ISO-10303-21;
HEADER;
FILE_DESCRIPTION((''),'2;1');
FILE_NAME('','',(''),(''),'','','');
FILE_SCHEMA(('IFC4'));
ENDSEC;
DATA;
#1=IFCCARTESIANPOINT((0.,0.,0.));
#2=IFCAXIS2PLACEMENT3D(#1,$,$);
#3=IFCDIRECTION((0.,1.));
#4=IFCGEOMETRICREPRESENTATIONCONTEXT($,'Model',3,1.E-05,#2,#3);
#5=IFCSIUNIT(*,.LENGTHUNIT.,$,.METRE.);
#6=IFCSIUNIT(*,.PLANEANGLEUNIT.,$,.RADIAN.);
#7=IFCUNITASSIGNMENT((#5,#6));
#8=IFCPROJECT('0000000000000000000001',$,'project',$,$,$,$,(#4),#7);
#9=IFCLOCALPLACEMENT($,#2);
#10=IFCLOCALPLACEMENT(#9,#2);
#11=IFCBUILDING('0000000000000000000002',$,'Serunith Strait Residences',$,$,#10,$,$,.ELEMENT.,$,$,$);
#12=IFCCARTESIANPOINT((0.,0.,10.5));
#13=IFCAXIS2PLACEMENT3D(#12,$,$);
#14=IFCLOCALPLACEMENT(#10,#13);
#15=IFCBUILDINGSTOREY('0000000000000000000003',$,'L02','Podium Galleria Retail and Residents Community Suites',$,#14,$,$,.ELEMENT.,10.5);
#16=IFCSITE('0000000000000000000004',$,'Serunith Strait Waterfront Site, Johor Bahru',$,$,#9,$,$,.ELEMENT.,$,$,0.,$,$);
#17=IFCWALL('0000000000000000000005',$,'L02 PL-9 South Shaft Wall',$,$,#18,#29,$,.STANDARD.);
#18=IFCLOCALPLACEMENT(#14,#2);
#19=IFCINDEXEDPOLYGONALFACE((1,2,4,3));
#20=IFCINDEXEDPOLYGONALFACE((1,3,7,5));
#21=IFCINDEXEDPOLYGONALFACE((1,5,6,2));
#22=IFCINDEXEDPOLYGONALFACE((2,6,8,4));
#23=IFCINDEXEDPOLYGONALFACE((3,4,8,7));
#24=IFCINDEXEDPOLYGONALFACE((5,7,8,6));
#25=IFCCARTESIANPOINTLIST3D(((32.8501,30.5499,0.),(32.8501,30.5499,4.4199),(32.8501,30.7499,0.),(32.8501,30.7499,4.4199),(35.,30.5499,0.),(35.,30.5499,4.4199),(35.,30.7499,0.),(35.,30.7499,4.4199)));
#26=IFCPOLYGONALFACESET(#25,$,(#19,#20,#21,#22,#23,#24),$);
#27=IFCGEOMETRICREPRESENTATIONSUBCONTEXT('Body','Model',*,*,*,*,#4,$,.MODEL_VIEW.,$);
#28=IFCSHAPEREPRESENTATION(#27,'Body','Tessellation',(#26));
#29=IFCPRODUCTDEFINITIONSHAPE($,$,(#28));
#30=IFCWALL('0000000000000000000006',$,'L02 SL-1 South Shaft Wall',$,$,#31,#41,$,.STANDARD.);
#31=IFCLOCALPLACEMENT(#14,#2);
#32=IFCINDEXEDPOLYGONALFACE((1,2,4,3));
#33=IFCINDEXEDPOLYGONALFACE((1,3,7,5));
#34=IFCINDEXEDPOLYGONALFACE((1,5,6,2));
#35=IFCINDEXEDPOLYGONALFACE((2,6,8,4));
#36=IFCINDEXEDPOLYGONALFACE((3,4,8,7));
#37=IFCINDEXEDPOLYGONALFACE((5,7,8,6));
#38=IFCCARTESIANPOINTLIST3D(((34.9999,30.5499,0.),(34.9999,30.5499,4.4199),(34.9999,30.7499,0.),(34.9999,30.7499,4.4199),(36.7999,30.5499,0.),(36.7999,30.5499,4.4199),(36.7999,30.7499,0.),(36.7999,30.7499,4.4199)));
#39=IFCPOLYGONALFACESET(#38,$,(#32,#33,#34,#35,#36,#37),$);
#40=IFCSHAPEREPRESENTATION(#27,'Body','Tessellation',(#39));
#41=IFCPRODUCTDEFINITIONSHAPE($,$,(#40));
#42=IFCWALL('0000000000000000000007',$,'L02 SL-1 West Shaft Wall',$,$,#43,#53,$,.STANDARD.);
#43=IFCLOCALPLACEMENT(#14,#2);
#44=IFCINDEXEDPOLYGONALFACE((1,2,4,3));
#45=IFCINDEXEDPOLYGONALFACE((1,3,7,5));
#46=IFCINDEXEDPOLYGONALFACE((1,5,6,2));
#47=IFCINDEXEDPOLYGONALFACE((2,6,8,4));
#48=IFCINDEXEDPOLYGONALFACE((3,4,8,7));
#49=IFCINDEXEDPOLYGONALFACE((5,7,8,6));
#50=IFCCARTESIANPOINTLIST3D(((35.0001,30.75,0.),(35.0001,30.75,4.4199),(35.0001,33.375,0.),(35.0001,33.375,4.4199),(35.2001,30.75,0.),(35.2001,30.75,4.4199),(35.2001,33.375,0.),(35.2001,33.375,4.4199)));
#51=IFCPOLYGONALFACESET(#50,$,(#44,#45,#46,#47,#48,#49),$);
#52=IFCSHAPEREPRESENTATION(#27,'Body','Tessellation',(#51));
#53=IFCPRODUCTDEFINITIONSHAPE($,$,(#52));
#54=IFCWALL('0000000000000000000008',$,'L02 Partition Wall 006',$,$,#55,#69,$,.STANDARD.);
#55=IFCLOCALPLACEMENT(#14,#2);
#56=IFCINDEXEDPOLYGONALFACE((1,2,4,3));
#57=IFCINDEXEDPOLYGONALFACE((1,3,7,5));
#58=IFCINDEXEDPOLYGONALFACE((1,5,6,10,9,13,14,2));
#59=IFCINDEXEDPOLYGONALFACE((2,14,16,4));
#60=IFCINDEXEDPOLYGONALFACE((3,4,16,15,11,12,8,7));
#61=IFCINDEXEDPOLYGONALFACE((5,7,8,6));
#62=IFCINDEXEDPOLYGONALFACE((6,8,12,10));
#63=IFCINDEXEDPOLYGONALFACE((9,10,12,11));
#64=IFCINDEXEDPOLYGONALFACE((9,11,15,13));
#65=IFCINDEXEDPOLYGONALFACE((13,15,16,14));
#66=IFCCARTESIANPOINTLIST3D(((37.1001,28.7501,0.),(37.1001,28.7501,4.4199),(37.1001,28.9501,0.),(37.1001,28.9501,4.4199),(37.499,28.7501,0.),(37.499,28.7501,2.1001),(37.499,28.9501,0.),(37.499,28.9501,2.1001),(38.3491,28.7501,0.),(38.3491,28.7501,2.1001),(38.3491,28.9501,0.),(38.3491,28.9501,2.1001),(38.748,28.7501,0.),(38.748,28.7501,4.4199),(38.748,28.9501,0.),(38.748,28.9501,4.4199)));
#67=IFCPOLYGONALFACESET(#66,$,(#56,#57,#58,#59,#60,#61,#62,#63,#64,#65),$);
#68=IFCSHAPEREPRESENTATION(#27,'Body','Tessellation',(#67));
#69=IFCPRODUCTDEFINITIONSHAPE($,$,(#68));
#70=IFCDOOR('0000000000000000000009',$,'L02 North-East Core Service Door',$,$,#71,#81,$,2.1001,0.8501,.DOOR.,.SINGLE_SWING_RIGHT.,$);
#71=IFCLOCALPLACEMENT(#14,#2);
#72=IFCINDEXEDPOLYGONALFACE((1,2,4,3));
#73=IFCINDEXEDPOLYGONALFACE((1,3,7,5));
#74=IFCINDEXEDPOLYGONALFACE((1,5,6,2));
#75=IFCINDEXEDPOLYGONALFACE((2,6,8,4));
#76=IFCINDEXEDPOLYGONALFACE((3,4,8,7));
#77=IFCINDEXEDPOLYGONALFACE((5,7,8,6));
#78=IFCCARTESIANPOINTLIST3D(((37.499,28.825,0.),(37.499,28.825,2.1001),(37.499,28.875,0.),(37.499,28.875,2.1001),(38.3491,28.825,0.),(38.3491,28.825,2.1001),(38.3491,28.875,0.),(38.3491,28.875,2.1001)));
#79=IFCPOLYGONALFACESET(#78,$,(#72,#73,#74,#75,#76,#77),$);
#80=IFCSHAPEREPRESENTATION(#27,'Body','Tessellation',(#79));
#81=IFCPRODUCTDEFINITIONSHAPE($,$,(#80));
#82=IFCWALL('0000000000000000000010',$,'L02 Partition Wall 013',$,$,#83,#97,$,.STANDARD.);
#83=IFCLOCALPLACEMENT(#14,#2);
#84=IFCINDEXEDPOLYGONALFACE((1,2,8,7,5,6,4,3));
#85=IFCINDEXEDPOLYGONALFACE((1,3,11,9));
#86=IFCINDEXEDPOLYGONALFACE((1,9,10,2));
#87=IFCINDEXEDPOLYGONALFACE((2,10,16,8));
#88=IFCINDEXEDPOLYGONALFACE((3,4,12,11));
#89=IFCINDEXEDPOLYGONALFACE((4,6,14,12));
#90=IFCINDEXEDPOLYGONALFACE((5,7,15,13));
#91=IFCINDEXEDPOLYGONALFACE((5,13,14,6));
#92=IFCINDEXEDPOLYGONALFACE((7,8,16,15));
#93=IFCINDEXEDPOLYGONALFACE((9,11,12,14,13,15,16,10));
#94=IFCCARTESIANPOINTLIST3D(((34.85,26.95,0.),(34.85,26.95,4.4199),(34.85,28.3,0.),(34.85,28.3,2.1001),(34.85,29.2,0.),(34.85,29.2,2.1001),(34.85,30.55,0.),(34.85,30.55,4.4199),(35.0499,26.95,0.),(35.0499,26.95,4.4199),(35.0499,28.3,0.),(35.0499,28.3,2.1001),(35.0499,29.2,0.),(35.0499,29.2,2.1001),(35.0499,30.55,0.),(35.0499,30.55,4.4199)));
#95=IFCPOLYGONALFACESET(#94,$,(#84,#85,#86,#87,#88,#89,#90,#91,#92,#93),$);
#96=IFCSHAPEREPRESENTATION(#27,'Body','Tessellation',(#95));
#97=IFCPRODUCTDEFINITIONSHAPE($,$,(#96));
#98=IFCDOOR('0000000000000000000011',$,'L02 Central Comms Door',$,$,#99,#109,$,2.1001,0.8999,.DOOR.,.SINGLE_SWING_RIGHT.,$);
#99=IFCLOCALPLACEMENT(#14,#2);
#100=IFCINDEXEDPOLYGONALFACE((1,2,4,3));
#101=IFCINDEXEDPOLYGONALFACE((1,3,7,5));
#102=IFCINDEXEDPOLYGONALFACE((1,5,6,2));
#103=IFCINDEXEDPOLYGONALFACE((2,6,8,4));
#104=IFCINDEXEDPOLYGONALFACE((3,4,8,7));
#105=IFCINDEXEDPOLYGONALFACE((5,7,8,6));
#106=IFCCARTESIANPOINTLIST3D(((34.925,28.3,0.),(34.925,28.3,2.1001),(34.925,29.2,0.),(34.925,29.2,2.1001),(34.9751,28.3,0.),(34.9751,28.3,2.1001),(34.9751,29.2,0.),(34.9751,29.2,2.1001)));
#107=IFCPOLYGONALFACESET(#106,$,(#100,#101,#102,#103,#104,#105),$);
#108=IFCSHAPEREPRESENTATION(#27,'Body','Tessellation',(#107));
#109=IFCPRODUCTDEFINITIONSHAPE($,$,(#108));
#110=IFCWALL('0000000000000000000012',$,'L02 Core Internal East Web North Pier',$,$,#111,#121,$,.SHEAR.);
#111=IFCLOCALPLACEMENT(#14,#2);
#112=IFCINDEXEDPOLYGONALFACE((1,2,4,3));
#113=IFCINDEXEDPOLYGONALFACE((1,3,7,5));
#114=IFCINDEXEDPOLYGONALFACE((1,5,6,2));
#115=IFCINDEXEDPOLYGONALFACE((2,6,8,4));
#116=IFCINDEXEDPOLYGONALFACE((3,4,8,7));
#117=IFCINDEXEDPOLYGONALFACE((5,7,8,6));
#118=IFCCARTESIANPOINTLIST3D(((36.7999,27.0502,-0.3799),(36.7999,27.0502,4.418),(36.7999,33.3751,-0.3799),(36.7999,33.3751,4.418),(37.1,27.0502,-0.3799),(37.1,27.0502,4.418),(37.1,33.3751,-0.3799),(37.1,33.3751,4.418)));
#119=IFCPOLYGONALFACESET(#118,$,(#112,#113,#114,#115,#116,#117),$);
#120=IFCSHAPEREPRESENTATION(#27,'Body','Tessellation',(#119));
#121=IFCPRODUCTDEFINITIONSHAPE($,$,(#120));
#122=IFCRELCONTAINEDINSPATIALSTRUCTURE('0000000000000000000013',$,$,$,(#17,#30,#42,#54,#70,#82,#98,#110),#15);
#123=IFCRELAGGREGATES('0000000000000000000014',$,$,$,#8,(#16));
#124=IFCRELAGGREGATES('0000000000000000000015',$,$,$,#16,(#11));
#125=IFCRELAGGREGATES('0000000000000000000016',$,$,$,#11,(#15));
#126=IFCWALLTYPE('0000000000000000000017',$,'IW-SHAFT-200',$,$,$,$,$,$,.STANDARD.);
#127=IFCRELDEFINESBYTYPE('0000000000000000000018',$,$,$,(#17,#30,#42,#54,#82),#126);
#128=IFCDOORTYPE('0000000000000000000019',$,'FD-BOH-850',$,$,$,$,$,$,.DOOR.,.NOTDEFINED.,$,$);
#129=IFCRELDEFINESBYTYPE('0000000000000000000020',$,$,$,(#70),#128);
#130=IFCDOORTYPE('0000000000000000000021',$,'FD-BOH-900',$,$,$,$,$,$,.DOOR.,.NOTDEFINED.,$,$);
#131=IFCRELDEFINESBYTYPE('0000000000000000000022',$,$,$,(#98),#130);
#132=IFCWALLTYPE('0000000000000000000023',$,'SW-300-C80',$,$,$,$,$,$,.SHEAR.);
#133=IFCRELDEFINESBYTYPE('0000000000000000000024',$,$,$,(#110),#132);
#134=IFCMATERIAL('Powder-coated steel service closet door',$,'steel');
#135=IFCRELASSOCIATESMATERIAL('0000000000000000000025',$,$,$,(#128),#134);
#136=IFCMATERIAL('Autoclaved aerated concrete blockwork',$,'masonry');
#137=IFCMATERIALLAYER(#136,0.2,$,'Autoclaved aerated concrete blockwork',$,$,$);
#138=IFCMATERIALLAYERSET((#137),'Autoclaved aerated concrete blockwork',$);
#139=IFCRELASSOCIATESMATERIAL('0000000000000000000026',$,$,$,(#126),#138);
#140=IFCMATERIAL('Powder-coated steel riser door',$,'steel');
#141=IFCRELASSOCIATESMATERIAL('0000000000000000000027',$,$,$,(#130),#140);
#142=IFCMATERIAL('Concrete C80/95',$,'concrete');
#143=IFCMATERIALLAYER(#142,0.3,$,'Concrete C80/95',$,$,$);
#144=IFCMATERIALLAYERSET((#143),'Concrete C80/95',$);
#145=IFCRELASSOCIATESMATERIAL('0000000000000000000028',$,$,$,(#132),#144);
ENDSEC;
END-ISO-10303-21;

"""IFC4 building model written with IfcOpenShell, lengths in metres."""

from ifc_helpers import new_model, si_unit, direction, frame, frame_2d, origin, place, context, subcontext, project, spatial, rectangle, extrude, source, transform, mapped, material, layer, layer_set, type_object, element, fill, save


model = new_model("IFC4")

# Units and contexts
model_context = context("Model", 3, precision=1e-05, world=origin(), true_north=direction((0.0, 1.0)))
body_context = subcontext(model_context, "Body", "Model", "MODEL_VIEW")
ifc_project = project(units=[si_unit("LENGTHUNIT", "METRE"), si_unit("PLANEANGLEUNIT", "RADIAN")], contexts=[model_context])

# Site, building, storey
site_placement = place(None, origin())
site = spatial("IfcSite", under=ifc_project, at=site_placement, Name="Serunith Strait Waterfront Site, Johor Bahru", CompositionType="ELEMENT", RefElevation=0.0)
building_placement = place(site_placement, origin())
building = spatial("IfcBuilding", under=site, at=building_placement, Name="Serunith Strait Residences", CompositionType="ELEMENT")
storey_placement = place(building_placement, frame((0.0, 0.0, 10.5)))
storey = spatial("IfcBuildingStorey", under=building, at=storey_placement, Name="L02", Description="Podium Galleria Retail and Residents Community Suites", CompositionType="ELEMENT", Elevation=10.5)

# Shared definitions
ifc_material_1 = material(Name="Powder-coated steel service closet door", Category="steel")
door_type_1 = type_object("IfcDoorType", Name="FD-BOH-850", OperationType="NOTDEFINED", PredefinedType="DOOR", material=ifc_material_1)
shared_shape_1 = source(origin(), body_context, "Body", "SweptSolid", [
    extrude(rectangle(XDim=0.8501, YDim=2.1001, at=frame_2d((0.425, 1.05))), frame((0.0, 0.0249, 0.0), z_axis=(0.0, -1.0, 0.0), x_axis=(1.0, 0.0, 0.0)), (0.0, 0.0, 1.0), 0.05),
])
ifc_material_2 = material(Name="Autoclaved aerated concrete blockwork", Category="masonry")
ifc_layer_1 = layer(ifc_material_2, 0.2, Name="Autoclaved aerated concrete blockwork")
ifc_layer_set_1 = layer_set([ifc_layer_1], Name="Autoclaved aerated concrete blockwork")
wall_type_1 = type_object("IfcWallType", Name="IW-SHAFT-200", PredefinedType="STANDARD", material=ifc_layer_set_1)

# Walls
wall_1_placement = place(storey_placement, frame((32.8501, 30.6499, 0.0), z_axis=(0.0, 0.0, 1.0), x_axis=(1.0, 0.0, 0.0)))
element("IfcWall", 1, at=wall_1_placement, inside=storey, type_object=wall_type_1, Name="L02 PL-9 South Shaft Wall", PredefinedType="STANDARD", context=body_context, shape_type="SweptSolid", body=[
    extrude(rectangle(XDim=2.1499, YDim=0.2, at=frame_2d((1.075, 0.0))), origin(), (0.0, 0.0, 1.0), 4.4199),
])
wall_2_placement = place(storey_placement, frame((35.0, 30.6499, 0.0), z_axis=(0.0, 0.0, 1.0), x_axis=(1.0, 0.0, 0.0)))
element("IfcWall", 2, at=wall_2_placement, inside=storey, type_object=wall_type_1, Name="L02 SL-1 South Shaft Wall", PredefinedType="STANDARD", context=body_context, shape_type="SweptSolid", body=[
    extrude(rectangle(XDim=1.8, YDim=0.2, at=frame_2d((0.8999, 0.0))), origin(), (0.0, 0.0, 1.0), 4.4199),
])
wall_3_placement = place(storey_placement, frame((35.1001, 30.75, 0.0), z_axis=(0.0, 0.0, 1.0), x_axis=(0.0, 1.0, 0.0)))
element("IfcWall", 3, at=wall_3_placement, inside=storey, type_object=wall_type_1, Name="L02 SL-1 West Shaft Wall", PredefinedType="STANDARD", context=body_context, shape_type="SweptSolid", body=[
    extrude(rectangle(XDim=2.625, YDim=0.2, at=frame_2d((1.3125, 0.0))), origin(), (0.0, 0.0, 1.0), 4.4199),
])

# Walls, openings, doors
wall_4_placement = place(storey_placement, frame((37.1001, 28.8501, 0.0), z_axis=(0.0, 0.0, 1.0), x_axis=(1.0, 0.0, 0.0)))
wall_4 = element("IfcWall", 4, at=wall_4_placement, inside=storey, type_object=wall_type_1, Name="L02 Partition Wall 006", PredefinedType="STANDARD", context=body_context, shape_type="SweptSolid", body=[
    extrude(rectangle(XDim=1.6479, YDim=0.2, at=frame_2d((0.824, 0.0))), origin(), (0.0, 0.0, 1.0), 4.4199),
])
opening_1_placement = place(wall_4_placement, frame((0.3989, 0.0, 0.0)))
opening_1 = element("IfcOpeningElement", 5, at=opening_1_placement, cuts=wall_4, PredefinedType="OPENING", context=body_context, shape_type="SweptSolid", body=[
    extrude(rectangle(XDim=0.8501, YDim=2.1001, at=frame_2d((0.425, 1.05))), frame((0.0, 0.1099, 0.0), z_axis=(0.0, -1.0, 0.0), x_axis=(1.0, 0.0, 0.0)), (0.0, 0.0, 1.0), 0.22),
])
door_1_placement = place(opening_1_placement, origin())
door_1 = element("IfcDoor", 6, at=door_1_placement, inside=storey, type_object=door_type_1, Name="L02 North-East Core Service Door", OperationType="SINGLE_SWING_RIGHT", OverallHeight=2.1001, OverallWidth=0.8501, PredefinedType="DOOR", context=body_context, shape_type="MappedRepresentation", body=[
    mapped(shared_shape_1, transform((0.0, 0.0, 0.0), scale=1.0)),
])
fill(opening_1, door_1)
wall_5_placement = place(storey_placement, frame((34.95, 26.95, 0.0), z_axis=(0.0, 0.0, 1.0), x_axis=(0.0, 1.0, 0.0)))
wall_5 = element("IfcWall", 7, at=wall_5_placement, inside=storey, type_object=wall_type_1, Name="L02 Partition Wall 013", PredefinedType="STANDARD", context=body_context, shape_type="SweptSolid", body=[
    extrude(rectangle(XDim=3.6001, YDim=0.2, at=frame_2d((1.8, 0.0))), origin(), (0.0, 0.0, 1.0), 4.4199),
])
opening_2_placement = place(wall_5_placement, frame((1.3501, 0.0, 0.0)))
opening_2 = element("IfcOpeningElement", 8, at=opening_2_placement, cuts=wall_5, PredefinedType="OPENING", context=body_context, shape_type="SweptSolid", body=[
    extrude(rectangle(XDim=0.8999, YDim=2.1001, at=frame_2d((0.45, 1.05))), frame((0.0, 0.1099, 0.0), z_axis=(0.0, -1.0, 0.0), x_axis=(1.0, 0.0, 0.0)), (0.0, 0.0, 1.0), 0.22),
])
ifc_material_3 = material(Name="Powder-coated steel riser door", Category="steel")
door_type_2 = type_object("IfcDoorType", Name="FD-BOH-900", OperationType="NOTDEFINED", PredefinedType="DOOR", material=ifc_material_3)
shared_shape_2 = source(origin(), body_context, "Body", "SweptSolid", [
    extrude(rectangle(XDim=0.8999, YDim=2.1001, at=frame_2d((0.45, 1.05))), frame((0.0, 0.0249, 0.0), z_axis=(0.0, -1.0, 0.0), x_axis=(1.0, 0.0, 0.0)), (0.0, 0.0, 1.0), 0.05),
])
door_2_placement = place(opening_2_placement, origin())
door_2 = element("IfcDoor", 9, at=door_2_placement, inside=storey, type_object=door_type_2, Name="L02 Central Comms Door", OperationType="SINGLE_SWING_RIGHT", OverallHeight=2.1001, OverallWidth=0.8999, PredefinedType="DOOR", context=body_context, shape_type="MappedRepresentation", body=[
    mapped(shared_shape_2, transform((0.0, 0.0, 0.0), scale=1.0)),
])
fill(opening_2, door_2)

# Wall
ifc_material_4 = material(Name="Concrete C80/95", Category="concrete")
ifc_layer_2 = layer(ifc_material_4, 0.3, Name="Concrete C80/95")
ifc_layer_set_2 = layer_set([ifc_layer_2], Name="Concrete C80/95")
wall_type_2 = type_object("IfcWallType", Name="SW-300-C80", PredefinedType="SHEAR", material=ifc_layer_set_2)
wall_6_placement = place(storey_placement, frame((36.95, 27.05, -0.3799), z_axis=(0.0, 0.0, 1.0), x_axis=(0.0, 1.0, 0.0)))
element("IfcWall", 10, at=wall_6_placement, inside=storey, type_object=wall_type_2, Name="L02 Core Internal East Web North Pier", PredefinedType="SHEAR", context=body_context, shape_type="SweptSolid", body=[
    extrude(rectangle(XDim=6.325, YDim=0.3, at=frame_2d((3.1626, 0.0))), origin(), (0.0, 0.0, 1.0), 4.7979),
])

save(model, "model.ifc")
